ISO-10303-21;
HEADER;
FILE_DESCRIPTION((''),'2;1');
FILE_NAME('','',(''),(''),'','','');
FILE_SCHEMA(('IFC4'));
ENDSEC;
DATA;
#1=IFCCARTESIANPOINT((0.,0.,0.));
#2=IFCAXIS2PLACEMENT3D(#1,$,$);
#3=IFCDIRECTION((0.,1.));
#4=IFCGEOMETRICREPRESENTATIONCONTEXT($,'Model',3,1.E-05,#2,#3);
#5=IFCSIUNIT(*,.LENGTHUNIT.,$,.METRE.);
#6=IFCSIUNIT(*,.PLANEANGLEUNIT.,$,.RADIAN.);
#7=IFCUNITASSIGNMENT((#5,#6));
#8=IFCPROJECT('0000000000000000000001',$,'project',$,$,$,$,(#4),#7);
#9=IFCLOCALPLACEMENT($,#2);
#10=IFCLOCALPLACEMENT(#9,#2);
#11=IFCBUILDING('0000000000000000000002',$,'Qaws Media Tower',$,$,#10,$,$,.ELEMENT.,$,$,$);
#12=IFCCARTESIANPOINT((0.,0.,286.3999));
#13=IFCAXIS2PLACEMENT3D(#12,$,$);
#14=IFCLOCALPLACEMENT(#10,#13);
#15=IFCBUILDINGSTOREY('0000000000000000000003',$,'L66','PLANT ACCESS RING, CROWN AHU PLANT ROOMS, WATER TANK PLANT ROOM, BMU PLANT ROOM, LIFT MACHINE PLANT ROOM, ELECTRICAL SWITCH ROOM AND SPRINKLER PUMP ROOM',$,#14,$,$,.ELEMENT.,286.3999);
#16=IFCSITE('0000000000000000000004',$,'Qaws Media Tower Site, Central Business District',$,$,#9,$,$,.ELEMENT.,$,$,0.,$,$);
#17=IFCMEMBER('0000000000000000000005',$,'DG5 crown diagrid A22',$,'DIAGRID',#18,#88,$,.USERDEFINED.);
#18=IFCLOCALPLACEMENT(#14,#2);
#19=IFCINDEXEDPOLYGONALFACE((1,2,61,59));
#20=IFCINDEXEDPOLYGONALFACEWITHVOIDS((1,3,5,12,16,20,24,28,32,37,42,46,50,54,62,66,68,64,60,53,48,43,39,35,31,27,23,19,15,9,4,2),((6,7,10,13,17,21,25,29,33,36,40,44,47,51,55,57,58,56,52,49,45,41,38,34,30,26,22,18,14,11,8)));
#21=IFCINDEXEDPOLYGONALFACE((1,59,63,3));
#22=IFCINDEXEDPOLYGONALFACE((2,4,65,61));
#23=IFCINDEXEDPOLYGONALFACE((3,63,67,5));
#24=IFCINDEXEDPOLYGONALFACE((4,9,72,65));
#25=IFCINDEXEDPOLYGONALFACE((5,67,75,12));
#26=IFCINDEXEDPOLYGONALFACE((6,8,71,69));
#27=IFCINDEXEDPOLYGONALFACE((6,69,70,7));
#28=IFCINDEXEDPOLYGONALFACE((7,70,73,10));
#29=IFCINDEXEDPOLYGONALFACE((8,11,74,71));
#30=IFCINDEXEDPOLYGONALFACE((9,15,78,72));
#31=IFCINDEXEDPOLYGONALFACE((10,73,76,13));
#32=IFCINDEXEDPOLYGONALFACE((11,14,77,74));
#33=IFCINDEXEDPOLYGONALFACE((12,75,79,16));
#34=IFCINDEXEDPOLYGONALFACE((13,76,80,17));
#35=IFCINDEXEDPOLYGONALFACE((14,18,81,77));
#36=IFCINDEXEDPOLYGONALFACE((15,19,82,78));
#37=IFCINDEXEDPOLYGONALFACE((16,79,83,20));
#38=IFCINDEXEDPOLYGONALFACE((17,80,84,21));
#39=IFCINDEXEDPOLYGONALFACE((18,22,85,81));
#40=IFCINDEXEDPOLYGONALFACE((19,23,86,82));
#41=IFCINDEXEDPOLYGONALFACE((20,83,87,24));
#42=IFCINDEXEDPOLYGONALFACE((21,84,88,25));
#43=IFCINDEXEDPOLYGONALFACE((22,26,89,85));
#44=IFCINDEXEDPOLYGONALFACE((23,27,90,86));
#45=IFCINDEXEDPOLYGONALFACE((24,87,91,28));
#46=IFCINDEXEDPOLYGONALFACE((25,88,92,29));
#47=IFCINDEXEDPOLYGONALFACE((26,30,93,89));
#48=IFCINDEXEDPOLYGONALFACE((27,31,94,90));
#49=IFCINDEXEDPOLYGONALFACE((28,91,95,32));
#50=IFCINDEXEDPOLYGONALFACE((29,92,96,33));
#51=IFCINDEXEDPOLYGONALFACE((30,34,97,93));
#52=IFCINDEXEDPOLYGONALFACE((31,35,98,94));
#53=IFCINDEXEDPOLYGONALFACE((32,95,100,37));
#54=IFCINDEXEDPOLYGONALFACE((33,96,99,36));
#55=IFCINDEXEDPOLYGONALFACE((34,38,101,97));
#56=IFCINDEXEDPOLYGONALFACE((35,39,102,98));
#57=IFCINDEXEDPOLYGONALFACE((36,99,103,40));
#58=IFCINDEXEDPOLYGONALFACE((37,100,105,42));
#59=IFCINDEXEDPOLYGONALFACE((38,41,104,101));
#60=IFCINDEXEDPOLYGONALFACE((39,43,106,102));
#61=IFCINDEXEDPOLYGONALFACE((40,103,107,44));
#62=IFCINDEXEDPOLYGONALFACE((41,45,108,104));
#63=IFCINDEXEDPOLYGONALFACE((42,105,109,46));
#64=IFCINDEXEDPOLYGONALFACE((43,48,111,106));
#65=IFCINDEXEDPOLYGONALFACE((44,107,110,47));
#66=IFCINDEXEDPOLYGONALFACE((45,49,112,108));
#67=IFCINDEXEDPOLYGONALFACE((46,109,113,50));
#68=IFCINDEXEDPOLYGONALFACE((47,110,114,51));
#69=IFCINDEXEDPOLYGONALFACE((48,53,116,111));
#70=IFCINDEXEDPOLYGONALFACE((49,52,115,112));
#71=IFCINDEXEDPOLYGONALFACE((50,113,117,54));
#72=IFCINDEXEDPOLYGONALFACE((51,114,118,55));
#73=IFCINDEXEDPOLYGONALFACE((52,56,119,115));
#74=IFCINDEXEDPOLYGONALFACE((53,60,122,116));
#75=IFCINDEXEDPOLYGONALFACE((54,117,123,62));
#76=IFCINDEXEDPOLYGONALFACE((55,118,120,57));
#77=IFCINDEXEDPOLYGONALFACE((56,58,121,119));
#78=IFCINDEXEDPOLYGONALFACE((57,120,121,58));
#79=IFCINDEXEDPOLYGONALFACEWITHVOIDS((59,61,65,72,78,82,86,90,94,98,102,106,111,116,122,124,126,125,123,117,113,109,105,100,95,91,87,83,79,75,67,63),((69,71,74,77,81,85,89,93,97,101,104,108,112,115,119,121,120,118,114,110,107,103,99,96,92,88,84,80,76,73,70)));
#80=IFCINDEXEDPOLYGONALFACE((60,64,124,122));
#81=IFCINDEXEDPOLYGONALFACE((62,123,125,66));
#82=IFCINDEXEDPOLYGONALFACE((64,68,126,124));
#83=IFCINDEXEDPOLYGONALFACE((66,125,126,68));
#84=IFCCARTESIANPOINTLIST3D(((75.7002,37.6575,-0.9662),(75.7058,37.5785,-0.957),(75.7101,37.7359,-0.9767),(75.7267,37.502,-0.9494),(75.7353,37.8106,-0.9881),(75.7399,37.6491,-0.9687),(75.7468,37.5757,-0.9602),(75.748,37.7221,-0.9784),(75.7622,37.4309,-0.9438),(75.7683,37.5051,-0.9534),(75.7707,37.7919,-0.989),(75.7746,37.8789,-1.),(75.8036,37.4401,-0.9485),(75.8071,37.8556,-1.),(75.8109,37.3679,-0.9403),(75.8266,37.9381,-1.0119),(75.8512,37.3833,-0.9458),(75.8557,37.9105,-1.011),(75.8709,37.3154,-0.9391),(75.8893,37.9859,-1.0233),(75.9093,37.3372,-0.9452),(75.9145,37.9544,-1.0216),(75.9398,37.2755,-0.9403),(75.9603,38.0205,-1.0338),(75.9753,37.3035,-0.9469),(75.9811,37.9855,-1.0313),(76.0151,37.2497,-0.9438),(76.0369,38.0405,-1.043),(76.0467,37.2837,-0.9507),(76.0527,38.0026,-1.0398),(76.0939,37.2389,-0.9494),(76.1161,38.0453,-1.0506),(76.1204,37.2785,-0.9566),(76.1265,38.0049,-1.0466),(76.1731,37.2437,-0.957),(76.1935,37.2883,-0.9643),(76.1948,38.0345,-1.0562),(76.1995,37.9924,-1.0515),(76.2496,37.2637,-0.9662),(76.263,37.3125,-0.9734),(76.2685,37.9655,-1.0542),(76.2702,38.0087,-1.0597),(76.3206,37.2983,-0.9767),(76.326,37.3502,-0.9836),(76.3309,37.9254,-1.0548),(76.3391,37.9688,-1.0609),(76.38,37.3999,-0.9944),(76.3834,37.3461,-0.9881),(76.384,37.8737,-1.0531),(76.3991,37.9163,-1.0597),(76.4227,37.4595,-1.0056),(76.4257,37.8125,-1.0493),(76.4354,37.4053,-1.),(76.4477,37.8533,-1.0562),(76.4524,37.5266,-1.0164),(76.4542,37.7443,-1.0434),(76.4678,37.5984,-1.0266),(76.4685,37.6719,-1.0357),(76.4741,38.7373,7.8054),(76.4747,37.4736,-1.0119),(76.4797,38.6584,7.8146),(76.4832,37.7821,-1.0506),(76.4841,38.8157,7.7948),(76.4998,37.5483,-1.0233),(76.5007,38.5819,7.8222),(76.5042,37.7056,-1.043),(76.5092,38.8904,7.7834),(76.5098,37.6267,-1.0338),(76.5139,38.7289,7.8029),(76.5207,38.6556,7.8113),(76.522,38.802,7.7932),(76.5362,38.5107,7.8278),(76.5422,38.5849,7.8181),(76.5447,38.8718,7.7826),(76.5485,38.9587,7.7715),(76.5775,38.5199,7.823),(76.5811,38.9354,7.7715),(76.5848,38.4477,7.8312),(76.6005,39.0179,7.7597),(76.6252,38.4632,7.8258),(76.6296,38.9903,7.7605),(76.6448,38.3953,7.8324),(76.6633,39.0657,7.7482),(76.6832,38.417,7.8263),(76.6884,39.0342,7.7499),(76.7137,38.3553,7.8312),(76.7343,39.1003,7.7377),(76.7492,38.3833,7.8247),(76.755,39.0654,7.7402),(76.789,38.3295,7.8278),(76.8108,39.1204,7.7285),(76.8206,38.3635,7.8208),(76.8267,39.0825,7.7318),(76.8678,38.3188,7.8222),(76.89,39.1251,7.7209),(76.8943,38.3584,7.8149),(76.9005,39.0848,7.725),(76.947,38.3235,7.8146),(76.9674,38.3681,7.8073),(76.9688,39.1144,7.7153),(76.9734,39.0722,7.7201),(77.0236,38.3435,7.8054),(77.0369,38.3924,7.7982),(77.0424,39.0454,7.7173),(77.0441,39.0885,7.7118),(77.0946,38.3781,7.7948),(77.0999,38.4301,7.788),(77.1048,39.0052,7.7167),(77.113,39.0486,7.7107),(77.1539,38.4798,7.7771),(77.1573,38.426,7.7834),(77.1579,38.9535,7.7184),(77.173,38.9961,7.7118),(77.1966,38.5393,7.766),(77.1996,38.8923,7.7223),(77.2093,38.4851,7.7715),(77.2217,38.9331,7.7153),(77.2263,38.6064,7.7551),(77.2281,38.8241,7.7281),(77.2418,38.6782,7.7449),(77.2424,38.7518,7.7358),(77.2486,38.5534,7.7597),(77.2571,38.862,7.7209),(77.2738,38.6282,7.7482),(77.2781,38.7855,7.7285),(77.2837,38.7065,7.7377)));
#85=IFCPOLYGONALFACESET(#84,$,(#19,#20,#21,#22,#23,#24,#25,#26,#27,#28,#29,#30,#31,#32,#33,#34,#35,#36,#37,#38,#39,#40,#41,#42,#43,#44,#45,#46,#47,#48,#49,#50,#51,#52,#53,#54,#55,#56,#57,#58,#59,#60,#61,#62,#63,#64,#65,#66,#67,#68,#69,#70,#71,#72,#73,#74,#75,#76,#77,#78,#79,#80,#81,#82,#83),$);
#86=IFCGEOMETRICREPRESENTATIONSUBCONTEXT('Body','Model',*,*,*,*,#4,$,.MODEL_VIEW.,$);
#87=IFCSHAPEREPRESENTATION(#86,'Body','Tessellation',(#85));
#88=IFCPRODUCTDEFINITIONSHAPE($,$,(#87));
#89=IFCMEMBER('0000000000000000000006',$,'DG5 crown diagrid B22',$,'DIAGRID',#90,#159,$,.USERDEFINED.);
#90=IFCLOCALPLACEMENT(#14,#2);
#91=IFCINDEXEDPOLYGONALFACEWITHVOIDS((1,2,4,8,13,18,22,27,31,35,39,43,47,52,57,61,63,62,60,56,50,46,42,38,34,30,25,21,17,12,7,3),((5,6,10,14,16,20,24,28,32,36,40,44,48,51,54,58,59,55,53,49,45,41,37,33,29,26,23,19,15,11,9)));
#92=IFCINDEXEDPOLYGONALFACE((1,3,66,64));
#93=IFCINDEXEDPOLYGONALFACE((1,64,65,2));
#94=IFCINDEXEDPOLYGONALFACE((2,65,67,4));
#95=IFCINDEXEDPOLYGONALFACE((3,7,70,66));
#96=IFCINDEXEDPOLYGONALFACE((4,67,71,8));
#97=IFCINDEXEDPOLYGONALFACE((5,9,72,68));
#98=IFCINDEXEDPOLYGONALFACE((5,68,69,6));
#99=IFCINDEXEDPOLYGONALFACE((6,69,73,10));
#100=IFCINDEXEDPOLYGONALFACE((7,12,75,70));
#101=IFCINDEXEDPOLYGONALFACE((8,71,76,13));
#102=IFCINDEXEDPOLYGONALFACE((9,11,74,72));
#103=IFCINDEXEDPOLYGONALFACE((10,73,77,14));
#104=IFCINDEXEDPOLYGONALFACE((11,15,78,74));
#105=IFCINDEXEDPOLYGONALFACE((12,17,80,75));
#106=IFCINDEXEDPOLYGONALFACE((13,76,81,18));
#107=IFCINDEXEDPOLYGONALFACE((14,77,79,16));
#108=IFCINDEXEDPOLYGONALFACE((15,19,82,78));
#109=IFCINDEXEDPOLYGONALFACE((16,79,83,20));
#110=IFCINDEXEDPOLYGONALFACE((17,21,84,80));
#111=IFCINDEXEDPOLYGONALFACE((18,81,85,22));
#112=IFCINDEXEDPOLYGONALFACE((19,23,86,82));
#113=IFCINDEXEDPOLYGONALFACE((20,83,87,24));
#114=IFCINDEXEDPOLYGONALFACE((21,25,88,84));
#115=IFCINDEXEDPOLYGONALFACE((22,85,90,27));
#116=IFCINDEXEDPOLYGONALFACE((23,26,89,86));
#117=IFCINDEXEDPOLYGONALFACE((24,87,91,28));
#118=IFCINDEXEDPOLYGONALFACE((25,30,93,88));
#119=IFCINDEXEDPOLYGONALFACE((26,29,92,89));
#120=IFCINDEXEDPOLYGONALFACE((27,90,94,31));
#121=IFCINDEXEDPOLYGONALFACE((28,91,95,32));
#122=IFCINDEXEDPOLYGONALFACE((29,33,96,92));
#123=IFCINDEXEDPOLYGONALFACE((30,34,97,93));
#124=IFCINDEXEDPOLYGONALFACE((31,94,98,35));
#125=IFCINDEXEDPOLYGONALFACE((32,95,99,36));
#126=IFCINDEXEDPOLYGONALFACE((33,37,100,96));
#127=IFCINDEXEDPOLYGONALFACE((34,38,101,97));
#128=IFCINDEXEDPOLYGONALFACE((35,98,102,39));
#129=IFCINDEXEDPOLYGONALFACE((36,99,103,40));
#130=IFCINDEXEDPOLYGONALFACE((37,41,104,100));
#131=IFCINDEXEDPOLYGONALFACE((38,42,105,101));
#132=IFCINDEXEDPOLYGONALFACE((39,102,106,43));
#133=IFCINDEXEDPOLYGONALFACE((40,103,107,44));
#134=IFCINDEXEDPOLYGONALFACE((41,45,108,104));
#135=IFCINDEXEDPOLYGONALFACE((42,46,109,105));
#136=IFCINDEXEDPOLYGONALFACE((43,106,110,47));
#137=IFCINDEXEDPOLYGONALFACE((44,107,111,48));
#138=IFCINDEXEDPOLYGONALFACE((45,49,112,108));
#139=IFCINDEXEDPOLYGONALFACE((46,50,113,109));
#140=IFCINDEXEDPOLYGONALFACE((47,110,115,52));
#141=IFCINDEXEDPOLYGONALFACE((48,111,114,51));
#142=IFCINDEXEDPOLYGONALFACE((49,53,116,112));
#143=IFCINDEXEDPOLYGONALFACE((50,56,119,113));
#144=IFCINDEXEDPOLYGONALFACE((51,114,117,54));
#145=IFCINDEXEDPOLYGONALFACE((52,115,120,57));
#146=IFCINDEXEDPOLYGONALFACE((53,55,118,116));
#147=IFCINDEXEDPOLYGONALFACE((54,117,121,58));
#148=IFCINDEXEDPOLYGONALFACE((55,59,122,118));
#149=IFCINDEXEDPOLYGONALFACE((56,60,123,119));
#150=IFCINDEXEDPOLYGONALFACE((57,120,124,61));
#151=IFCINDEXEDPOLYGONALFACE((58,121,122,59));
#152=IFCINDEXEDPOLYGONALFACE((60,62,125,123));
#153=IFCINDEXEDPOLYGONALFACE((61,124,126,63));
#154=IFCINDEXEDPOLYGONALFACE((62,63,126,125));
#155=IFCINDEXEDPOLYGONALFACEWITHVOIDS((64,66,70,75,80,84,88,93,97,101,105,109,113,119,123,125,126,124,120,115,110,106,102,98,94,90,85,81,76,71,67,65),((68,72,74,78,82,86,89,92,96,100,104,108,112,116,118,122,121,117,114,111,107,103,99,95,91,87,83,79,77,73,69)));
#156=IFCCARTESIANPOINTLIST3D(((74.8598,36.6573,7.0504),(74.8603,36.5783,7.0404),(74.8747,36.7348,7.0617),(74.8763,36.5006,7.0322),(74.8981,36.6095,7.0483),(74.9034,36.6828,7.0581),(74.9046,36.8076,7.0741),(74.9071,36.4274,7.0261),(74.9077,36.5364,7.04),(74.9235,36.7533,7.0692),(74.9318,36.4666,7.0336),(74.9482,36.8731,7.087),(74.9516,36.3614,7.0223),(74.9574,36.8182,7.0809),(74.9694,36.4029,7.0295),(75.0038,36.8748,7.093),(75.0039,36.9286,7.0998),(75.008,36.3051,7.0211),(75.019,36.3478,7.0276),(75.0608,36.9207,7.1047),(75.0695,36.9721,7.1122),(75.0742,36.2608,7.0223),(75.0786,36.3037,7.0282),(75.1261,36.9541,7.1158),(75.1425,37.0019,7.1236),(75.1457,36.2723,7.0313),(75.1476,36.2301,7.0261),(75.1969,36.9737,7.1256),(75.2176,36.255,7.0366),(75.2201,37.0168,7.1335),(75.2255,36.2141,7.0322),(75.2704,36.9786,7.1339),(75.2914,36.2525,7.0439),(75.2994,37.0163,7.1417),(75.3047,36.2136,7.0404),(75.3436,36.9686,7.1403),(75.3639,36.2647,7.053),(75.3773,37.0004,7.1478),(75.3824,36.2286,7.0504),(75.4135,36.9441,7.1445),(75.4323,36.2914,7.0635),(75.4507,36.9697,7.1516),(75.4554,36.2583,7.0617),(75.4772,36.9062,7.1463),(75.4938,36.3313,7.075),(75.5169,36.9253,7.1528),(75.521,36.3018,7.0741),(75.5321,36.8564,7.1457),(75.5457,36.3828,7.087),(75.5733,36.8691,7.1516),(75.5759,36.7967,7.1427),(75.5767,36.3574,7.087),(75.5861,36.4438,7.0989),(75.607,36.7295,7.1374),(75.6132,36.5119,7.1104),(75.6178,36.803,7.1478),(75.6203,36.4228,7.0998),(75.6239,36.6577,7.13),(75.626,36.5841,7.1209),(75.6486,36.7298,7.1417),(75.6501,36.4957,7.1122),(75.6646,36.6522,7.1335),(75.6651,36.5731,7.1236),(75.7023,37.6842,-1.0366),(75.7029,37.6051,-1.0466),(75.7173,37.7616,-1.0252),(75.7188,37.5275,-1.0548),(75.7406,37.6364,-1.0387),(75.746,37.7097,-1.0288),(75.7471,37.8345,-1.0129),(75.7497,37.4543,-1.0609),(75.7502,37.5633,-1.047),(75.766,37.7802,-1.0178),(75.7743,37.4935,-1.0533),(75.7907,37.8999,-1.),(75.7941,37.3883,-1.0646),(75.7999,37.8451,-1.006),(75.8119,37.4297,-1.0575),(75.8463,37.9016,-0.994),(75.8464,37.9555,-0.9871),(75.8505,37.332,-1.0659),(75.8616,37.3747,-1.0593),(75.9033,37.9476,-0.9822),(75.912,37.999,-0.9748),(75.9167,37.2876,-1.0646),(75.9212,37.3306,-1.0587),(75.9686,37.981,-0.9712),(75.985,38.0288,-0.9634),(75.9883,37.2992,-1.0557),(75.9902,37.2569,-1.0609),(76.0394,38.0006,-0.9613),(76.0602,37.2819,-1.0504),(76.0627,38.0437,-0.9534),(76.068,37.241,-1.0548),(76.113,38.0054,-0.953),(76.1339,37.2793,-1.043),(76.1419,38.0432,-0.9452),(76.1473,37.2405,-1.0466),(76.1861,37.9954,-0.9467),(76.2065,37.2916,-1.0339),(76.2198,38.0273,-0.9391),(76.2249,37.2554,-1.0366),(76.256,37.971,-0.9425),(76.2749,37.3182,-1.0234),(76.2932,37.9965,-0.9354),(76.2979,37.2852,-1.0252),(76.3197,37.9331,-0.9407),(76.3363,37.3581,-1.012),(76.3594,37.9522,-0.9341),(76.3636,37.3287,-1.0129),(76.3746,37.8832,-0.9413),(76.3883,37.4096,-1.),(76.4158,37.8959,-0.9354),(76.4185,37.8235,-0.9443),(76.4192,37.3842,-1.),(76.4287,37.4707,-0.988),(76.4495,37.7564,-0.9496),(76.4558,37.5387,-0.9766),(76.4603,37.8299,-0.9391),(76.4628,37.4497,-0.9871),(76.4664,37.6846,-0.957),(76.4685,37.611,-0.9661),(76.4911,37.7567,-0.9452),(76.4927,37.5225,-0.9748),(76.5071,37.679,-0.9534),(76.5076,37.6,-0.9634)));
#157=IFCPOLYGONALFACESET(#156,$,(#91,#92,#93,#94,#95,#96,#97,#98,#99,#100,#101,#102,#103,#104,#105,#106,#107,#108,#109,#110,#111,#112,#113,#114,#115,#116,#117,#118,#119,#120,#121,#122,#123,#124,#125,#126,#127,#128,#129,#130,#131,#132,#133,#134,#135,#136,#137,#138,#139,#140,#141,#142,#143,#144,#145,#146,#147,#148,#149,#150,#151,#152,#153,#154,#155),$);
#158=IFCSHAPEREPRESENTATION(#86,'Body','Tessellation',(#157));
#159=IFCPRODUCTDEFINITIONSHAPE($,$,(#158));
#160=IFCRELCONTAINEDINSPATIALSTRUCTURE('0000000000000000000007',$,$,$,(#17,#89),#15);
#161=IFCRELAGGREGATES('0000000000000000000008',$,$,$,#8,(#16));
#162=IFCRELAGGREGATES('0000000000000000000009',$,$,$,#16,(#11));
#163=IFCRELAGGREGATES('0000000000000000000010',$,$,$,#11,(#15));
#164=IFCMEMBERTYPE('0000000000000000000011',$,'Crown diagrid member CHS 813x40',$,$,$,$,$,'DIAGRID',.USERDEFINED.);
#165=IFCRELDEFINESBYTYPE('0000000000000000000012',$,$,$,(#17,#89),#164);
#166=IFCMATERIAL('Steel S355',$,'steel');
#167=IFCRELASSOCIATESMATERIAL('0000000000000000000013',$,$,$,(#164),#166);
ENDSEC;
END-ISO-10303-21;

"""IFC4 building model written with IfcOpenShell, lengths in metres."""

from ifc_helpers import new_model, si_unit, direction, frame, origin, origin_2d, place, context, subcontext, project, spatial, hollow_circle, extrude, material, material_profile, profile_set, type_object, element, save


model = new_model("IFC4")

# Units and contexts
model_context = context("Model", 3, precision=1e-05, world=origin(), true_north=direction((0.0, 1.0)))
body_context = subcontext(model_context, "Body", "Model", "MODEL_VIEW")
ifc_project = project(units=[si_unit("LENGTHUNIT", "METRE"), si_unit("PLANEANGLEUNIT", "RADIAN")], contexts=[model_context])

# Site, building, storey
site_placement = place(None, origin())
site = spatial("IfcSite", under=ifc_project, at=site_placement, Name="Qaws Media Tower Site, Central Business District", CompositionType="ELEMENT", RefElevation=0.0)
building_placement = place(site_placement, origin())
building = spatial("IfcBuilding", under=site, at=building_placement, Name="Qaws Media Tower", CompositionType="ELEMENT")
storey_placement = place(building_placement, frame((0.0, 0.0, 286.3999)))
storey = spatial("IfcBuildingStorey", under=building, at=storey_placement, Name="L66", Description="PLANT ACCESS RING, CROWN AHU PLANT ROOMS, WATER TANK PLANT ROOM, BMU PLANT ROOM, LIFT MACHINE PLANT ROOM, ELECTRICAL SWITCH ROOM AND SPRINKLER PUMP ROOM", CompositionType="ELEMENT", Elevation=286.3999)

# Members
ifc_material_1 = material(Name="Steel S355", Category="steel")
ifc_material_profile_1 = material_profile(ifc_material_1, hollow_circle(Radius=0.4065, WallThickness=0.04, at=origin_2d()), Name="CHS 813x40")
ifc_profile_set_1 = profile_set([ifc_material_profile_1], Name="Steel S355")
member_type = type_object("IfcMemberType", Name="Crown diagrid member CHS 813x40", ElementType="DIAGRID", PredefinedType="USERDEFINED", material=ifc_profile_set_1)
member_1_placement = place(storey_placement, frame((76.105, 37.6421, -1.0), z_axis=(0.087237, 0.121719, 0.988723), x_axis=(-0.812801, 0.582541, 0.0)))
element("IfcMember", 1, at=member_1_placement, inside=storey, type_object=member_type, Name="DG5 crown diagrid A22", ObjectType="DIAGRID", PredefinedType="USERDEFINED", context=body_context, shape_type="SweptSolid", body=[
    extrude(hollow_circle(Radius=0.4065, WallThickness=0.04, at=origin_2d()), origin(), (0.0, 0.0, 1.0), 8.8716),
])
member_2_placement = place(storey_placement, frame((76.105, 37.6421, -1.0), z_axis=(-0.102807, -0.125299, 0.986778), x_axis=(0.77308, -0.634308, 0.0)))
element("IfcMember", 2, at=member_2_placement, inside=storey, type_object=member_type, Name="DG5 crown diagrid B22", ObjectType="DIAGRID", PredefinedType="USERDEFINED", context=body_context, shape_type="SweptSolid", body=[
    extrude(hollow_circle(Radius=0.4065, WallThickness=0.04, at=origin_2d()), origin(), (0.0, 0.0, 1.0), 8.1953),
])

save(model, "model.ifc")
